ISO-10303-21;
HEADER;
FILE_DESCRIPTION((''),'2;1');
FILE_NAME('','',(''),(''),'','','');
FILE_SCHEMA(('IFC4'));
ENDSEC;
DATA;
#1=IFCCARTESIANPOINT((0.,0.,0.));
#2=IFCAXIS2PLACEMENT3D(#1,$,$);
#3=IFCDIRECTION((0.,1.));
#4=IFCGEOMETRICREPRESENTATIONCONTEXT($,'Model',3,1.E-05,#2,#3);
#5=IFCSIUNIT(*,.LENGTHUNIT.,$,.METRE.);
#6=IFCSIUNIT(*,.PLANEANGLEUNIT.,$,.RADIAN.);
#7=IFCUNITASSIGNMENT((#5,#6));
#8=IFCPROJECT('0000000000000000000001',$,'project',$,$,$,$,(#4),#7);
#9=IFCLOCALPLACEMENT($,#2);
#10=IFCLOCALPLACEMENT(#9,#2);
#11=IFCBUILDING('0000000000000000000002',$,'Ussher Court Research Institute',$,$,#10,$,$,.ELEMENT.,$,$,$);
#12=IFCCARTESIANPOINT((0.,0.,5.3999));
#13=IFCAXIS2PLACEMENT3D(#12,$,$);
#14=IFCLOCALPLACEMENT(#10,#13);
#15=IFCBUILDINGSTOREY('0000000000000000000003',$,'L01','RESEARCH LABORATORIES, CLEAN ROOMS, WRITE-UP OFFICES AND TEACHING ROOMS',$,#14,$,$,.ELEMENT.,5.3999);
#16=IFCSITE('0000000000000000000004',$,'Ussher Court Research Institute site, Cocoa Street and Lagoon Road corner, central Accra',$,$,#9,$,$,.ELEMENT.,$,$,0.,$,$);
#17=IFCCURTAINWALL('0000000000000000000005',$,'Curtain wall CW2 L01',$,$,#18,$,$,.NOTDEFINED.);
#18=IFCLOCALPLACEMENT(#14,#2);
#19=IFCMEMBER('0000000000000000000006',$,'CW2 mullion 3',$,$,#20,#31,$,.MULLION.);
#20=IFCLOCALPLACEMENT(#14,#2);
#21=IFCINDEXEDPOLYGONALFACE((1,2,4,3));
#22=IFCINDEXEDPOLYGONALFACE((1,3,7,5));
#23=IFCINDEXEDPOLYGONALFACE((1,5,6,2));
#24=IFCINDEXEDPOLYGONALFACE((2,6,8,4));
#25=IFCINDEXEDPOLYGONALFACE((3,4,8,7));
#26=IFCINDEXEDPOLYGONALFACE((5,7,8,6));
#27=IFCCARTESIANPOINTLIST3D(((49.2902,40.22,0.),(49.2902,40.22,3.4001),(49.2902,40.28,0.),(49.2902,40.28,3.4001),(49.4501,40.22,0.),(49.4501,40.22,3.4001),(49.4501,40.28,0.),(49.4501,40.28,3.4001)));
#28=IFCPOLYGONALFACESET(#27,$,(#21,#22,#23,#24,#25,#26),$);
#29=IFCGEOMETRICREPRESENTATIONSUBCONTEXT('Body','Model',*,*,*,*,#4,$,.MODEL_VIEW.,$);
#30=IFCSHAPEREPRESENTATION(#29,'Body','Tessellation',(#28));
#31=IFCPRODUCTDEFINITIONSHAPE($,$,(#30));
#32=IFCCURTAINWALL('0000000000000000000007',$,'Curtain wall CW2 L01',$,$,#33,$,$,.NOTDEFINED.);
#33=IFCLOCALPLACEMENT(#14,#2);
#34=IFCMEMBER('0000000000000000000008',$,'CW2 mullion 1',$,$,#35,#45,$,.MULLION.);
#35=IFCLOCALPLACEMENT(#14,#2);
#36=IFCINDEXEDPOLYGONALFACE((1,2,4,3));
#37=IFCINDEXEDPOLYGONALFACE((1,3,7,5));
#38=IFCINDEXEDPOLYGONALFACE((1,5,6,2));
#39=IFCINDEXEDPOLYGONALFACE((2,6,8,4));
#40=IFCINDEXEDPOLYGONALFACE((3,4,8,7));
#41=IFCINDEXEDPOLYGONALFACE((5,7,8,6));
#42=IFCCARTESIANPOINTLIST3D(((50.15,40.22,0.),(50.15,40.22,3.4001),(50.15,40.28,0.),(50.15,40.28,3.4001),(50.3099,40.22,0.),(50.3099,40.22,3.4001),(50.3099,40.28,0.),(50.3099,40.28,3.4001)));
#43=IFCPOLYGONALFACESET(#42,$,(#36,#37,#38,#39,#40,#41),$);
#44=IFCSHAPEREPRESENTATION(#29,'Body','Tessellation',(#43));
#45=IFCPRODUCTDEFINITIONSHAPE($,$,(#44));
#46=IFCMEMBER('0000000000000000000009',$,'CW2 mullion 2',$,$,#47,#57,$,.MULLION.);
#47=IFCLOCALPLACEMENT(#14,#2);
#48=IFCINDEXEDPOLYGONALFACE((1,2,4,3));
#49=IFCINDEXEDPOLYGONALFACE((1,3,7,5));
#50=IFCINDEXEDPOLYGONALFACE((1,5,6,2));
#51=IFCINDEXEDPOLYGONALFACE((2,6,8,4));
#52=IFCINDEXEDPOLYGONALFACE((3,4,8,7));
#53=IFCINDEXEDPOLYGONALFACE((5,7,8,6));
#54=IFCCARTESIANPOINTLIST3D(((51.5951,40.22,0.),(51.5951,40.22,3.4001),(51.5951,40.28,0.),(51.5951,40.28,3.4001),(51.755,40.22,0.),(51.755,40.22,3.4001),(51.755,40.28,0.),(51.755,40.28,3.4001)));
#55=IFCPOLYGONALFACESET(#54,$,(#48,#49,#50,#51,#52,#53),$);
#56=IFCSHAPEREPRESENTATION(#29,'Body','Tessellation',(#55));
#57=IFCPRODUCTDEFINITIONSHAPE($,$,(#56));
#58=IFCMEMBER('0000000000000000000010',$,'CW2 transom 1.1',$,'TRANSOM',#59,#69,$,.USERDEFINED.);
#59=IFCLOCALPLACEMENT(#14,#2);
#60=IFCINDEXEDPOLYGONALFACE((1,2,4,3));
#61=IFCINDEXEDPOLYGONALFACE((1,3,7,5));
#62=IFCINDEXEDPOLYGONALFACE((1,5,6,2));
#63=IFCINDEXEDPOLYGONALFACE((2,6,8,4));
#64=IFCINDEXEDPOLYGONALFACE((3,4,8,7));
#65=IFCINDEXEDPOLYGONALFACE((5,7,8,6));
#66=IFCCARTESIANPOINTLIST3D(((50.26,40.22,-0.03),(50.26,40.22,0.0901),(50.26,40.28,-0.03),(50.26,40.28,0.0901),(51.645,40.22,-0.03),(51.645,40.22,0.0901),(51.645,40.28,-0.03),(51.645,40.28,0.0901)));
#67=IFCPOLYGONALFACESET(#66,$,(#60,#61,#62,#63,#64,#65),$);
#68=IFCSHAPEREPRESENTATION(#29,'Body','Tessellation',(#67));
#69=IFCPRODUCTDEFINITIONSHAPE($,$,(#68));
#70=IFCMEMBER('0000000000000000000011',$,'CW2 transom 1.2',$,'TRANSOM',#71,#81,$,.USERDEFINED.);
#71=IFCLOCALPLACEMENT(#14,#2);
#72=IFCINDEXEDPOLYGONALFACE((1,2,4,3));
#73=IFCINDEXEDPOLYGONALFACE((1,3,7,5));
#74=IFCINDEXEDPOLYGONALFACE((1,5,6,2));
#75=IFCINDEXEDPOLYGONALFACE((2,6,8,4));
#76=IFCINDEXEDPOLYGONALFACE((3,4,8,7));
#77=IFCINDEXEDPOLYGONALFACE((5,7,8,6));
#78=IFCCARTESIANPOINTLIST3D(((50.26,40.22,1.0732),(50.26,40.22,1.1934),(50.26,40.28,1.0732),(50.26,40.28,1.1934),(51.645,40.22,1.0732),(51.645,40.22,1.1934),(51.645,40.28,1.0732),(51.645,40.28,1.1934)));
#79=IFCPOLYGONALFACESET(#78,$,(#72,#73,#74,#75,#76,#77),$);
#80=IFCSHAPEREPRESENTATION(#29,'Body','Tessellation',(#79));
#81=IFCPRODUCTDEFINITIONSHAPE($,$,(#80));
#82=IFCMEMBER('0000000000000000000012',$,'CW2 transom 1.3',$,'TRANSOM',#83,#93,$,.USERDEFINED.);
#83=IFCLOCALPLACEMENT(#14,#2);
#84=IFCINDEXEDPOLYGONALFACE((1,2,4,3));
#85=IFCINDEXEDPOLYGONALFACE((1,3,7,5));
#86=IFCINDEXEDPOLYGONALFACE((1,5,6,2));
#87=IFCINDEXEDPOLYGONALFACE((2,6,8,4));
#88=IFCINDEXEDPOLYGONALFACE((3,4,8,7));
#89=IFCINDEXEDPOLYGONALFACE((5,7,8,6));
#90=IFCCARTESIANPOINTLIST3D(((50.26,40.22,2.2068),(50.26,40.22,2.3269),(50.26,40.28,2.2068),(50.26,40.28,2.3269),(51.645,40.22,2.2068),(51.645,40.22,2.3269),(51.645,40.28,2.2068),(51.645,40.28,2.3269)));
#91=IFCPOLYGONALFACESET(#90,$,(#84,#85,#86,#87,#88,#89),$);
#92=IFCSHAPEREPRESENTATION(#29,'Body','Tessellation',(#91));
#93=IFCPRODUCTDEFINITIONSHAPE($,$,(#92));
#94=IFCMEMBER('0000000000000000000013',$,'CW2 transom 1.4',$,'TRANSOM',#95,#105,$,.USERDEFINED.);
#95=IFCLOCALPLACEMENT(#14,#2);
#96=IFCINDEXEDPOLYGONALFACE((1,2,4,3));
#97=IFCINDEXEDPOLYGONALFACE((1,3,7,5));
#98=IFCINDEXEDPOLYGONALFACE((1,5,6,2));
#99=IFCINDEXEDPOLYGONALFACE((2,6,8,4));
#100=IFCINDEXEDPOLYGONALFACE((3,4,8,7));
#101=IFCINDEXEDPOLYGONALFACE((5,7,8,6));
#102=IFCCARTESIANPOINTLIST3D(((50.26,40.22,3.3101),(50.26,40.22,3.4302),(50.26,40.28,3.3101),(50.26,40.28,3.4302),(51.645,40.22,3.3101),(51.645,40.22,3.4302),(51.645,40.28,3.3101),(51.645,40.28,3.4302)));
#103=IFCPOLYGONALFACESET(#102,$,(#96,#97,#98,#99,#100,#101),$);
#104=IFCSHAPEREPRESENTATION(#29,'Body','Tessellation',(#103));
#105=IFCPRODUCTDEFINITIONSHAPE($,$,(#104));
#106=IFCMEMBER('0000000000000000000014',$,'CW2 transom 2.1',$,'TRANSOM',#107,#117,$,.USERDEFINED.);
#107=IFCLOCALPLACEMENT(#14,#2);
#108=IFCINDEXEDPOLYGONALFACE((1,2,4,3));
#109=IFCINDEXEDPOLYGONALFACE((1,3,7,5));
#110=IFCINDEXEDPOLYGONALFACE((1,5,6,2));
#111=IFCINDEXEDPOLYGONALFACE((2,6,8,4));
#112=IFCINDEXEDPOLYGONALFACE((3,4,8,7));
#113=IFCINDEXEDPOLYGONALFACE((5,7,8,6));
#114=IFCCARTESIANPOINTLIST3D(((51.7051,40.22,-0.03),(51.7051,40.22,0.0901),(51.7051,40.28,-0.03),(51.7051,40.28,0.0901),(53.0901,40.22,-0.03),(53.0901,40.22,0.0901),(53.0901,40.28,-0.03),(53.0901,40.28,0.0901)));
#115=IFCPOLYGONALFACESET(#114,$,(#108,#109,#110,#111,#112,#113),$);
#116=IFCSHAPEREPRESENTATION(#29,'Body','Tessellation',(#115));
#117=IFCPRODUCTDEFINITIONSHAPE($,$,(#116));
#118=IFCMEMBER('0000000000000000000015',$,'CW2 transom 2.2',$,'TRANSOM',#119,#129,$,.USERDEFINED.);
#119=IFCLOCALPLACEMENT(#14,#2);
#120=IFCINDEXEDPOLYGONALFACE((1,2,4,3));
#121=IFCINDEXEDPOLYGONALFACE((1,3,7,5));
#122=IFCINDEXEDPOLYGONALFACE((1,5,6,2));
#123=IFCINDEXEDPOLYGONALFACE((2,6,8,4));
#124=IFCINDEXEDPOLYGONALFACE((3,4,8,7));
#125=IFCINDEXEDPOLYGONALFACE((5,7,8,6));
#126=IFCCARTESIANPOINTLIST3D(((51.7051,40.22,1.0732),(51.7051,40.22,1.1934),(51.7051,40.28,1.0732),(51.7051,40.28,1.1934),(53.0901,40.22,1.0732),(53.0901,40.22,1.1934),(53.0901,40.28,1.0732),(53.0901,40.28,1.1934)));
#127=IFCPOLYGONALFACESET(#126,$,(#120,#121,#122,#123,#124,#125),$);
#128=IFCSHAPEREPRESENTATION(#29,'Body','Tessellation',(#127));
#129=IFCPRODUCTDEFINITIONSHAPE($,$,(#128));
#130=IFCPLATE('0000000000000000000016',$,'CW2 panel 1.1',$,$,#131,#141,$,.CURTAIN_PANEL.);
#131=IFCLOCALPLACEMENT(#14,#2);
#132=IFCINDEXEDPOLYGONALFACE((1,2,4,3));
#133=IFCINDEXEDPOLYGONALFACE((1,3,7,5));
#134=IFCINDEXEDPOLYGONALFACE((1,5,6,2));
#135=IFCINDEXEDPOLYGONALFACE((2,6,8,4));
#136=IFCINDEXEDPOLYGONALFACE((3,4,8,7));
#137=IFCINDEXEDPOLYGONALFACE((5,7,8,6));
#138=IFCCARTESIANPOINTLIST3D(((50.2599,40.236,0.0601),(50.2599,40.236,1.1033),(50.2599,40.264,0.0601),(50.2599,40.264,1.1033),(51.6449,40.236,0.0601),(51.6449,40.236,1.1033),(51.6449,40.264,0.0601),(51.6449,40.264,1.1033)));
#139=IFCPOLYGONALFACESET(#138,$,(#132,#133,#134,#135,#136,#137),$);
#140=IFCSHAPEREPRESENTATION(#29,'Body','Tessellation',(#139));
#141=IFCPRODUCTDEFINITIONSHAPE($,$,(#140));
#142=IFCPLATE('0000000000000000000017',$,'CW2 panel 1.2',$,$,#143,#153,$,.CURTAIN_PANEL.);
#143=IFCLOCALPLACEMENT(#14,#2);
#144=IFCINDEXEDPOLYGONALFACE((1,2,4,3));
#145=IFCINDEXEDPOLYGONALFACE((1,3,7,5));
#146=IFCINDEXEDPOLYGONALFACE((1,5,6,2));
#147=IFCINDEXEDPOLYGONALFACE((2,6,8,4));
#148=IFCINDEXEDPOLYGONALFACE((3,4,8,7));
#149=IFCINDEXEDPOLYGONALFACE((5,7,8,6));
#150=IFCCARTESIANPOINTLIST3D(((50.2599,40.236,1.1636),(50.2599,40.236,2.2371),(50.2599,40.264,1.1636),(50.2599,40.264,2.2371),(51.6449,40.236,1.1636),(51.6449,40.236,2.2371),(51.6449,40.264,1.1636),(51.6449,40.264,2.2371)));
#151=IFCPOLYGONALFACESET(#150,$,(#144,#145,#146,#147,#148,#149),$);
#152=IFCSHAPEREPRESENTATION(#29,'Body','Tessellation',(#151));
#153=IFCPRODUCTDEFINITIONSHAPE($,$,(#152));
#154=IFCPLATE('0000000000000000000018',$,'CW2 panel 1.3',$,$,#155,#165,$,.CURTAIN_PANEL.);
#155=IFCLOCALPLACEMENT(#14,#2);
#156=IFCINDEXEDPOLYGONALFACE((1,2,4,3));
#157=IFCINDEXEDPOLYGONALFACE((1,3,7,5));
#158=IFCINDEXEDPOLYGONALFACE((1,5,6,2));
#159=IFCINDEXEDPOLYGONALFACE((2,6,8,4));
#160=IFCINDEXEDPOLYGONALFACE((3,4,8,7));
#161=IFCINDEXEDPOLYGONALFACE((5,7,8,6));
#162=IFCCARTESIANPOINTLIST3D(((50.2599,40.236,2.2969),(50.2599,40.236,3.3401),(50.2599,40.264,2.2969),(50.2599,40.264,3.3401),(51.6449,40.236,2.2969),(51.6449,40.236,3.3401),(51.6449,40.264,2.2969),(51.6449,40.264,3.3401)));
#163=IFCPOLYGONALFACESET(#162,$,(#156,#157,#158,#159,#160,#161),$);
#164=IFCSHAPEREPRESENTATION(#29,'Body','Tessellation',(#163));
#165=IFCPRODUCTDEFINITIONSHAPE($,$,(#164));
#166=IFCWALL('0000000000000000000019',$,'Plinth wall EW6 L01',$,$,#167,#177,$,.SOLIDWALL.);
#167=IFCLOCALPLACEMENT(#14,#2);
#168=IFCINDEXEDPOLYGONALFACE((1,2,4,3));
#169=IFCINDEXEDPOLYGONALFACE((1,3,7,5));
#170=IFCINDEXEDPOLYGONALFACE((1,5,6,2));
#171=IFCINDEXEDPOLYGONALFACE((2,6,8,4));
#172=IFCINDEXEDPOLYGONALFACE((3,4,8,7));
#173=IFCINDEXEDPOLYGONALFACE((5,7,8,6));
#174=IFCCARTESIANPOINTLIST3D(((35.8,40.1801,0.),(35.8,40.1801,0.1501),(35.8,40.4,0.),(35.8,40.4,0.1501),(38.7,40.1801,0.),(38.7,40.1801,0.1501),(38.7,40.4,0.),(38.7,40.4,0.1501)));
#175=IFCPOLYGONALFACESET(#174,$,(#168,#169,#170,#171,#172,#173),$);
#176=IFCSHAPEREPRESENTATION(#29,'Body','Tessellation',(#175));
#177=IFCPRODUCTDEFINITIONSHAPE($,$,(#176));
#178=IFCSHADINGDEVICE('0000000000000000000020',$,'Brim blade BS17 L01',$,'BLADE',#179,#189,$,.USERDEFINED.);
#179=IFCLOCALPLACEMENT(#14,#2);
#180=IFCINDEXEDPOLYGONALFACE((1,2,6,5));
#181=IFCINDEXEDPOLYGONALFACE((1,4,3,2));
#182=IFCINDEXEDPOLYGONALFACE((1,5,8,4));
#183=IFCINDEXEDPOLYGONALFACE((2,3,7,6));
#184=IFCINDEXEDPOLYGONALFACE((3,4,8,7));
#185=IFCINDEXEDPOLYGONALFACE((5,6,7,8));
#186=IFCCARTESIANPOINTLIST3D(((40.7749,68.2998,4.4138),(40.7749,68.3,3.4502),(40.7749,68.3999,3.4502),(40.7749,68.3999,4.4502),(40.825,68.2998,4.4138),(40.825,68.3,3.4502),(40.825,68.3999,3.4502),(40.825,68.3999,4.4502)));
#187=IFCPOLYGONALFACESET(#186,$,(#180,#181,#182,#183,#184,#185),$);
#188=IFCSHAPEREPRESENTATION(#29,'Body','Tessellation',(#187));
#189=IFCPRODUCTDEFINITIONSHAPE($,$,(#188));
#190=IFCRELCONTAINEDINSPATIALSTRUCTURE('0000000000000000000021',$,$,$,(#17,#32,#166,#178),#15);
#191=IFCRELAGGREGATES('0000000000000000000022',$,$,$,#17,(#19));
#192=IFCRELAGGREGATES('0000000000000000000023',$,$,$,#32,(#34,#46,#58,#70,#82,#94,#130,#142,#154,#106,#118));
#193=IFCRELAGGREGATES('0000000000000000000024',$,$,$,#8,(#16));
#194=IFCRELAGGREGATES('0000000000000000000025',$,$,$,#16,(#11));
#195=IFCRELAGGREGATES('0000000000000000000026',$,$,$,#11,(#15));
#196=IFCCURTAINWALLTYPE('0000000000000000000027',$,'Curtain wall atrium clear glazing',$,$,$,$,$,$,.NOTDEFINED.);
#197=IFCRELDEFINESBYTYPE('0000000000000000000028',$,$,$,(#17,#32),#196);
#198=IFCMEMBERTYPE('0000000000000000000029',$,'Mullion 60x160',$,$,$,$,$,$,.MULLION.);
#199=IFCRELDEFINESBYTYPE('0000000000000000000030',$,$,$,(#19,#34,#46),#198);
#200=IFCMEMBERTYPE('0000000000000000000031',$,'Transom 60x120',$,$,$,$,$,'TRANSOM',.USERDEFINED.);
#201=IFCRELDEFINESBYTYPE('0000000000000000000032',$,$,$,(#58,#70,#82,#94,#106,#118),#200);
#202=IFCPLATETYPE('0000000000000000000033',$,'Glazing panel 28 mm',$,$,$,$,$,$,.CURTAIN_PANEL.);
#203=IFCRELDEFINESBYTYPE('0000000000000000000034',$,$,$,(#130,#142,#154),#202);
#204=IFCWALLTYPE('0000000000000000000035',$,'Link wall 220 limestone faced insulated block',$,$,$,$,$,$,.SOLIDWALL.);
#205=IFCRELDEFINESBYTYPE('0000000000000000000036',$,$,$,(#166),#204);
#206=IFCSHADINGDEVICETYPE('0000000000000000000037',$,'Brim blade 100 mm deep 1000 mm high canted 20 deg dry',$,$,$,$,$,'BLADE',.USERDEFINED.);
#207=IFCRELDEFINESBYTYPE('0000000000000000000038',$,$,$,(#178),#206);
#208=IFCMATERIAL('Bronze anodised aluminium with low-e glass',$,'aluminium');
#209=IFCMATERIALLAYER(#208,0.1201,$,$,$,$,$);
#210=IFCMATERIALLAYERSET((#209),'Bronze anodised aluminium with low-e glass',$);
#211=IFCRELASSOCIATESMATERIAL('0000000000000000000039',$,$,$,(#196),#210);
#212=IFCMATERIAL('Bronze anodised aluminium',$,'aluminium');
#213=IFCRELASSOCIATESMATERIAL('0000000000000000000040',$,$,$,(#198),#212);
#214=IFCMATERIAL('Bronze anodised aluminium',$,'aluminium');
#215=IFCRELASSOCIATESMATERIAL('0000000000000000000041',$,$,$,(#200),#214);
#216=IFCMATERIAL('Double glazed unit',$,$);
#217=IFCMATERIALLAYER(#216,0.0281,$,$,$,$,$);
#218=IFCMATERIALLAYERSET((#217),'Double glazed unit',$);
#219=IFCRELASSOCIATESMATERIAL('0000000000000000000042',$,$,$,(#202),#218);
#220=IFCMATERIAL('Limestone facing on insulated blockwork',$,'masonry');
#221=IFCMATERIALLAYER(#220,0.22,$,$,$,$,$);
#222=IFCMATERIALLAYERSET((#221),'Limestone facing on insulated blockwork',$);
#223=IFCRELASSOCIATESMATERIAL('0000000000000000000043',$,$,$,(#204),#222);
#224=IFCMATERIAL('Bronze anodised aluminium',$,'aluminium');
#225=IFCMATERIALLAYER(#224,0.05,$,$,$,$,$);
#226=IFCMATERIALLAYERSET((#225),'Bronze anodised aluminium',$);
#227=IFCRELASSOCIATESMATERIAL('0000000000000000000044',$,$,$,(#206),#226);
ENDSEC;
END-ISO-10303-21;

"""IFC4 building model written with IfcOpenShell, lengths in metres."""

from ifc_helpers import new_model, si_unit, direction, frame, frame_2d, origin, origin_2d, place, context, subcontext, project, spatial, polyline, rectangle, outline, extrude, material, layer, layer_set, material_profile, profile_set, type_object, element, aggregate, save


model = new_model("IFC4")

# Units and contexts
model_context = context("Model", 3, precision=1e-05, world=origin(), true_north=direction((0.0, 1.0)))
body_context = subcontext(model_context, "Body", "Model", "MODEL_VIEW")
ifc_project = project(units=[si_unit("LENGTHUNIT", "METRE"), si_unit("PLANEANGLEUNIT", "RADIAN")], contexts=[model_context])

# Site, building, storey
site_placement = place(None, origin())
site = spatial("IfcSite", under=ifc_project, at=site_placement, Name="Ussher Court Research Institute site, Cocoa Street and Lagoon Road corner, central Accra", CompositionType="ELEMENT", RefElevation=0.0)
building_placement = place(site_placement, origin())
building = spatial("IfcBuilding", under=site, at=building_placement, Name="Ussher Court Research Institute", CompositionType="ELEMENT")
storey_placement = place(building_placement, frame((0.0, 0.0, 5.3999)))
storey = spatial("IfcBuildingStorey", under=building, at=storey_placement, Name="L01", Description="RESEARCH LABORATORIES, CLEAN ROOMS, WRITE-UP OFFICES AND TEACHING ROOMS", CompositionType="ELEMENT", Elevation=5.3999)

# Curtain wall, member
ifc_material_1 = material(Name="Bronze anodised aluminium with low-e glass", Category="aluminium")
ifc_layer_1 = layer(ifc_material_1, 0.1201)
ifc_layer_set_1 = layer_set([ifc_layer_1], Name="Bronze anodised aluminium with low-e glass")
curtain_wall_type = type_object("IfcCurtainWallType", Name="Curtain wall atrium clear glazing", PredefinedType="NOTDEFINED", material=ifc_layer_set_1)
curtain_wall_1_placement = place(storey_placement, origin())
curtain_wall_1 = element("IfcCurtainWall", 1, at=curtain_wall_1_placement, inside=storey, type_object=curtain_wall_type, Name="Curtain wall CW2 L01", PredefinedType="NOTDEFINED")
ifc_material_2 = material(Name="Bronze anodised aluminium", Category="aluminium")
ifc_material_profile_1 = material_profile(ifc_material_2, rectangle(XDim=0.0601, YDim=0.1599, at=origin_2d()), Name="Mullion 60x160")
ifc_profile_set_1 = profile_set([ifc_material_profile_1], Name="Bronze anodised aluminium")
member_type_1 = type_object("IfcMemberType", Name="Mullion 60x160", PredefinedType="MULLION", material=ifc_profile_set_1)
member_1_placement = place(storey_placement, frame((49.3701, 40.25, 0.0), z_axis=(0.0, 0.0, 1.0), x_axis=(0.0, 1.0, 0.0)))
member_1 = element("IfcMember", 2, at=member_1_placement, type_object=member_type_1, Name="CW2 mullion 3", PredefinedType="MULLION", context=body_context, shape_type="SweptSolid", body=[
    extrude(rectangle(XDim=0.0601, YDim=0.1599, at=origin_2d()), origin(), (0.0, 0.0, 1.0), 3.4001),
])
aggregate(curtain_wall_1, [member_1])

# Curtain wall, members, plates
curtain_wall_2_placement = place(storey_placement, origin())
curtain_wall_2 = element("IfcCurtainWall", 3, at=curtain_wall_2_placement, inside=storey, type_object=curtain_wall_type, Name="Curtain wall CW2 L01", PredefinedType="NOTDEFINED")
member_2_placement = place(storey_placement, frame((50.23, 40.25, 0.0), z_axis=(0.0, 0.0, 1.0), x_axis=(0.0, 1.0, 0.0)))
member_2 = element("IfcMember", 4, at=member_2_placement, type_object=member_type_1, Name="CW2 mullion 1", PredefinedType="MULLION", context=body_context, shape_type="SweptSolid", body=[
    extrude(rectangle(XDim=0.0601, YDim=0.1599, at=origin_2d()), origin(), (0.0, 0.0, 1.0), 3.4001),
])
member_3_placement = place(storey_placement, frame((51.675, 40.25, 0.0), z_axis=(0.0, 0.0, 1.0), x_axis=(0.0, 1.0, 0.0)))
member_3 = element("IfcMember", 5, at=member_3_placement, type_object=member_type_1, Name="CW2 mullion 2", PredefinedType="MULLION", context=body_context, shape_type="SweptSolid", body=[
    extrude(rectangle(XDim=0.0601, YDim=0.1599, at=origin_2d()), origin(), (0.0, 0.0, 1.0), 3.4001),
])
ifc_material_3 = material(Name="Bronze anodised aluminium", Category="aluminium")
ifc_material_profile_2 = material_profile(ifc_material_3, rectangle(XDim=0.0601, YDim=0.1201, at=origin_2d()), Name="Transom 60x120")
ifc_profile_set_2 = profile_set([ifc_material_profile_2], Name="Bronze anodised aluminium")
member_type_2 = type_object("IfcMemberType", Name="Transom 60x120", ElementType="TRANSOM", PredefinedType="USERDEFINED", material=ifc_profile_set_2)
member_4_placement = place(storey_placement, frame((50.26, 40.25, 0.03), z_axis=(1.0, 0.0, 0.0), x_axis=(0.0, 1.0, 0.0)))
member_4 = element("IfcMember", 6, at=member_4_placement, type_object=member_type_2, Name="CW2 transom 1.1", ObjectType="TRANSOM", PredefinedType="USERDEFINED", context=body_context, shape_type="SweptSolid", body=[
    extrude(rectangle(XDim=0.0601, YDim=0.1201, at=origin_2d()), origin(), (0.0, 0.0, 1.0), 1.385),
])
member_5_placement = place(storey_placement, frame((50.26, 40.25, 1.1333), z_axis=(1.0, 0.0, 0.0), x_axis=(0.0, 1.0, 0.0)))
member_5 = element("IfcMember", 7, at=member_5_placement, type_object=member_type_2, Name="CW2 transom 1.2", ObjectType="TRANSOM", PredefinedType="USERDEFINED", context=body_context, shape_type="SweptSolid", body=[
    extrude(rectangle(XDim=0.0601, YDim=0.1201, at=origin_2d()), origin(), (0.0, 0.0, 1.0), 1.385),
])
member_6_placement = place(storey_placement, frame((50.26, 40.25, 2.2668), z_axis=(1.0, 0.0, 0.0), x_axis=(0.0, 1.0, 0.0)))
member_6 = element("IfcMember", 8, at=member_6_placement, type_object=member_type_2, Name="CW2 transom 1.3", ObjectType="TRANSOM", PredefinedType="USERDEFINED", context=body_context, shape_type="SweptSolid", body=[
    extrude(rectangle(XDim=0.0601, YDim=0.1201, at=origin_2d()), origin(), (0.0, 0.0, 1.0), 1.385),
])
member_7_placement = place(storey_placement, frame((50.26, 40.25, 3.3701), z_axis=(1.0, 0.0, 0.0), x_axis=(0.0, 1.0, 0.0)))
member_7 = element("IfcMember", 9, at=member_7_placement, type_object=member_type_2, Name="CW2 transom 1.4", ObjectType="TRANSOM", PredefinedType="USERDEFINED", context=body_context, shape_type="SweptSolid", body=[
    extrude(rectangle(XDim=0.0601, YDim=0.1201, at=origin_2d()), origin(), (0.0, 0.0, 1.0), 1.385),
])
member_8_placement = place(storey_placement, frame((51.7051, 40.25, 0.03), z_axis=(1.0, 0.0, 0.0), x_axis=(0.0, 1.0, 0.0)))
member_8 = element("IfcMember", 10, at=member_8_placement, type_object=member_type_2, Name="CW2 transom 2.1", ObjectType="TRANSOM", PredefinedType="USERDEFINED", context=body_context, shape_type="SweptSolid", body=[
    extrude(rectangle(XDim=0.0601, YDim=0.1201, at=origin_2d()), origin(), (0.0, 0.0, 1.0), 1.385),
])
member_9_placement = place(storey_placement, frame((51.7051, 40.25, 1.1333), z_axis=(1.0, 0.0, 0.0), x_axis=(0.0, 1.0, 0.0)))
member_9 = element("IfcMember", 11, at=member_9_placement, type_object=member_type_2, Name="CW2 transom 2.2", ObjectType="TRANSOM", PredefinedType="USERDEFINED", context=body_context, shape_type="SweptSolid", body=[
    extrude(rectangle(XDim=0.0601, YDim=0.1201, at=origin_2d()), origin(), (0.0, 0.0, 1.0), 1.385),
])
ifc_material_4 = material(Name="Double glazed unit")
ifc_layer_2 = layer(ifc_material_4, 0.0281)
ifc_layer_set_2 = layer_set([ifc_layer_2], Name="Double glazed unit")
plate_type = type_object("IfcPlateType", Name="Glazing panel 28 mm", PredefinedType="CURTAIN_PANEL", material=ifc_layer_set_2)
plate_1_placement = place(storey_placement, frame((50.9524, 40.25, 0.0601), z_axis=(0.0, 0.0, 1.0), x_axis=(1.0, 0.0, 0.0)))
plate_1 = element("IfcPlate", 12, at=plate_1_placement, type_object=plate_type, Name="CW2 panel 1.1", PredefinedType="CURTAIN_PANEL", context=body_context, shape_type="SweptSolid", body=[
    extrude(rectangle(XDim=1.385, YDim=0.0281, at=origin_2d()), origin(), (0.0, 0.0, 1.0), 1.0432),
])
plate_2_placement = place(storey_placement, frame((50.9524, 40.25, 1.1636), z_axis=(0.0, 0.0, 1.0), x_axis=(1.0, 0.0, 0.0)))
plate_2 = element("IfcPlate", 13, at=plate_2_placement, type_object=plate_type, Name="CW2 panel 1.2", PredefinedType="CURTAIN_PANEL", context=body_context, shape_type="SweptSolid", body=[
    extrude(rectangle(XDim=1.385, YDim=0.0281, at=origin_2d()), origin(), (0.0, 0.0, 1.0), 1.0735),
])
plate_3_placement = place(storey_placement, frame((50.9524, 40.25, 2.2969), z_axis=(0.0, 0.0, 1.0), x_axis=(1.0, 0.0, 0.0)))
plate_3 = element("IfcPlate", 14, at=plate_3_placement, type_object=plate_type, Name="CW2 panel 1.3", PredefinedType="CURTAIN_PANEL", context=body_context, shape_type="SweptSolid", body=[
    extrude(rectangle(XDim=1.385, YDim=0.0281, at=origin_2d()), origin(), (0.0, 0.0, 1.0), 1.0432),
])
aggregate(curtain_wall_2, [member_2, member_3, member_4, member_5, member_6, member_7, plate_1, plate_2, plate_3, member_8, member_9])

# Wall
ifc_material_5 = material(Name="Limestone facing on insulated blockwork", Category="masonry")
ifc_layer_3 = layer(ifc_material_5, 0.22)
ifc_layer_set_3 = layer_set([ifc_layer_3], Name="Limestone facing on insulated blockwork")
wall_type = type_object("IfcWallType", Name="Link wall 220 limestone faced insulated block", PredefinedType="SOLIDWALL", material=ifc_layer_set_3)
wall_placement = place(storey_placement, frame((35.8, 40.29, 0.0), z_axis=(0.0, 0.0, 1.0), x_axis=(1.0, 0.0, 0.0)))
element("IfcWall", 15, at=wall_placement, inside=storey, type_object=wall_type, Name="Plinth wall EW6 L01", PredefinedType="SOLIDWALL", context=body_context, shape_type="SweptSolid", body=[
    extrude(rectangle(XDim=2.8999, YDim=0.22, at=frame_2d((1.45, 0.0))), origin(), (0.0, 0.0, 1.0), 0.1501),
])

# Shading device
ifc_material_6 = material(Name="Bronze anodised aluminium", Category="aluminium")
ifc_layer_4 = layer(ifc_material_6, 0.05)
ifc_layer_set_4 = layer_set([ifc_layer_4], Name="Bronze anodised aluminium")
shading_device_type_1 = type_object("IfcShadingDeviceType", Name="Brim blade 100 mm deep 1000 mm high canted 20 deg dry", ElementType="BLADE", PredefinedType="USERDEFINED", material=ifc_layer_set_4)
for number, where, z_axis, x_axis, name in (
    (16, (40.8, 68.3999, 3.4502), (0.0, 0.0, 1.0), (0.0, -1.0, 0.0), "Brim blade BS17 L01"),
):
    element("IfcShadingDevice", number, at=place(storey_placement, frame(where, z_axis=z_axis, x_axis=x_axis)), inside=storey, type_object=shading_device_type_1, Name=name, ObjectType="BLADE", PredefinedType="USERDEFINED", context=body_context, shape_type="SweptSolid", body=[
        extrude(outline(polyline([(0.0, 0.0), (0.0999, 0.0), (0.1001, 0.9636), (0.0, 1.0), (0.0, 0.0)])), frame((0.0, 0.0249, 0.0), z_axis=(0.0, -1.0, 0.0), x_axis=(1.0, 0.0, 0.0)), (0.0, 0.0, 1.0), 0.05),
    ])

save(model, "model.ifc")
